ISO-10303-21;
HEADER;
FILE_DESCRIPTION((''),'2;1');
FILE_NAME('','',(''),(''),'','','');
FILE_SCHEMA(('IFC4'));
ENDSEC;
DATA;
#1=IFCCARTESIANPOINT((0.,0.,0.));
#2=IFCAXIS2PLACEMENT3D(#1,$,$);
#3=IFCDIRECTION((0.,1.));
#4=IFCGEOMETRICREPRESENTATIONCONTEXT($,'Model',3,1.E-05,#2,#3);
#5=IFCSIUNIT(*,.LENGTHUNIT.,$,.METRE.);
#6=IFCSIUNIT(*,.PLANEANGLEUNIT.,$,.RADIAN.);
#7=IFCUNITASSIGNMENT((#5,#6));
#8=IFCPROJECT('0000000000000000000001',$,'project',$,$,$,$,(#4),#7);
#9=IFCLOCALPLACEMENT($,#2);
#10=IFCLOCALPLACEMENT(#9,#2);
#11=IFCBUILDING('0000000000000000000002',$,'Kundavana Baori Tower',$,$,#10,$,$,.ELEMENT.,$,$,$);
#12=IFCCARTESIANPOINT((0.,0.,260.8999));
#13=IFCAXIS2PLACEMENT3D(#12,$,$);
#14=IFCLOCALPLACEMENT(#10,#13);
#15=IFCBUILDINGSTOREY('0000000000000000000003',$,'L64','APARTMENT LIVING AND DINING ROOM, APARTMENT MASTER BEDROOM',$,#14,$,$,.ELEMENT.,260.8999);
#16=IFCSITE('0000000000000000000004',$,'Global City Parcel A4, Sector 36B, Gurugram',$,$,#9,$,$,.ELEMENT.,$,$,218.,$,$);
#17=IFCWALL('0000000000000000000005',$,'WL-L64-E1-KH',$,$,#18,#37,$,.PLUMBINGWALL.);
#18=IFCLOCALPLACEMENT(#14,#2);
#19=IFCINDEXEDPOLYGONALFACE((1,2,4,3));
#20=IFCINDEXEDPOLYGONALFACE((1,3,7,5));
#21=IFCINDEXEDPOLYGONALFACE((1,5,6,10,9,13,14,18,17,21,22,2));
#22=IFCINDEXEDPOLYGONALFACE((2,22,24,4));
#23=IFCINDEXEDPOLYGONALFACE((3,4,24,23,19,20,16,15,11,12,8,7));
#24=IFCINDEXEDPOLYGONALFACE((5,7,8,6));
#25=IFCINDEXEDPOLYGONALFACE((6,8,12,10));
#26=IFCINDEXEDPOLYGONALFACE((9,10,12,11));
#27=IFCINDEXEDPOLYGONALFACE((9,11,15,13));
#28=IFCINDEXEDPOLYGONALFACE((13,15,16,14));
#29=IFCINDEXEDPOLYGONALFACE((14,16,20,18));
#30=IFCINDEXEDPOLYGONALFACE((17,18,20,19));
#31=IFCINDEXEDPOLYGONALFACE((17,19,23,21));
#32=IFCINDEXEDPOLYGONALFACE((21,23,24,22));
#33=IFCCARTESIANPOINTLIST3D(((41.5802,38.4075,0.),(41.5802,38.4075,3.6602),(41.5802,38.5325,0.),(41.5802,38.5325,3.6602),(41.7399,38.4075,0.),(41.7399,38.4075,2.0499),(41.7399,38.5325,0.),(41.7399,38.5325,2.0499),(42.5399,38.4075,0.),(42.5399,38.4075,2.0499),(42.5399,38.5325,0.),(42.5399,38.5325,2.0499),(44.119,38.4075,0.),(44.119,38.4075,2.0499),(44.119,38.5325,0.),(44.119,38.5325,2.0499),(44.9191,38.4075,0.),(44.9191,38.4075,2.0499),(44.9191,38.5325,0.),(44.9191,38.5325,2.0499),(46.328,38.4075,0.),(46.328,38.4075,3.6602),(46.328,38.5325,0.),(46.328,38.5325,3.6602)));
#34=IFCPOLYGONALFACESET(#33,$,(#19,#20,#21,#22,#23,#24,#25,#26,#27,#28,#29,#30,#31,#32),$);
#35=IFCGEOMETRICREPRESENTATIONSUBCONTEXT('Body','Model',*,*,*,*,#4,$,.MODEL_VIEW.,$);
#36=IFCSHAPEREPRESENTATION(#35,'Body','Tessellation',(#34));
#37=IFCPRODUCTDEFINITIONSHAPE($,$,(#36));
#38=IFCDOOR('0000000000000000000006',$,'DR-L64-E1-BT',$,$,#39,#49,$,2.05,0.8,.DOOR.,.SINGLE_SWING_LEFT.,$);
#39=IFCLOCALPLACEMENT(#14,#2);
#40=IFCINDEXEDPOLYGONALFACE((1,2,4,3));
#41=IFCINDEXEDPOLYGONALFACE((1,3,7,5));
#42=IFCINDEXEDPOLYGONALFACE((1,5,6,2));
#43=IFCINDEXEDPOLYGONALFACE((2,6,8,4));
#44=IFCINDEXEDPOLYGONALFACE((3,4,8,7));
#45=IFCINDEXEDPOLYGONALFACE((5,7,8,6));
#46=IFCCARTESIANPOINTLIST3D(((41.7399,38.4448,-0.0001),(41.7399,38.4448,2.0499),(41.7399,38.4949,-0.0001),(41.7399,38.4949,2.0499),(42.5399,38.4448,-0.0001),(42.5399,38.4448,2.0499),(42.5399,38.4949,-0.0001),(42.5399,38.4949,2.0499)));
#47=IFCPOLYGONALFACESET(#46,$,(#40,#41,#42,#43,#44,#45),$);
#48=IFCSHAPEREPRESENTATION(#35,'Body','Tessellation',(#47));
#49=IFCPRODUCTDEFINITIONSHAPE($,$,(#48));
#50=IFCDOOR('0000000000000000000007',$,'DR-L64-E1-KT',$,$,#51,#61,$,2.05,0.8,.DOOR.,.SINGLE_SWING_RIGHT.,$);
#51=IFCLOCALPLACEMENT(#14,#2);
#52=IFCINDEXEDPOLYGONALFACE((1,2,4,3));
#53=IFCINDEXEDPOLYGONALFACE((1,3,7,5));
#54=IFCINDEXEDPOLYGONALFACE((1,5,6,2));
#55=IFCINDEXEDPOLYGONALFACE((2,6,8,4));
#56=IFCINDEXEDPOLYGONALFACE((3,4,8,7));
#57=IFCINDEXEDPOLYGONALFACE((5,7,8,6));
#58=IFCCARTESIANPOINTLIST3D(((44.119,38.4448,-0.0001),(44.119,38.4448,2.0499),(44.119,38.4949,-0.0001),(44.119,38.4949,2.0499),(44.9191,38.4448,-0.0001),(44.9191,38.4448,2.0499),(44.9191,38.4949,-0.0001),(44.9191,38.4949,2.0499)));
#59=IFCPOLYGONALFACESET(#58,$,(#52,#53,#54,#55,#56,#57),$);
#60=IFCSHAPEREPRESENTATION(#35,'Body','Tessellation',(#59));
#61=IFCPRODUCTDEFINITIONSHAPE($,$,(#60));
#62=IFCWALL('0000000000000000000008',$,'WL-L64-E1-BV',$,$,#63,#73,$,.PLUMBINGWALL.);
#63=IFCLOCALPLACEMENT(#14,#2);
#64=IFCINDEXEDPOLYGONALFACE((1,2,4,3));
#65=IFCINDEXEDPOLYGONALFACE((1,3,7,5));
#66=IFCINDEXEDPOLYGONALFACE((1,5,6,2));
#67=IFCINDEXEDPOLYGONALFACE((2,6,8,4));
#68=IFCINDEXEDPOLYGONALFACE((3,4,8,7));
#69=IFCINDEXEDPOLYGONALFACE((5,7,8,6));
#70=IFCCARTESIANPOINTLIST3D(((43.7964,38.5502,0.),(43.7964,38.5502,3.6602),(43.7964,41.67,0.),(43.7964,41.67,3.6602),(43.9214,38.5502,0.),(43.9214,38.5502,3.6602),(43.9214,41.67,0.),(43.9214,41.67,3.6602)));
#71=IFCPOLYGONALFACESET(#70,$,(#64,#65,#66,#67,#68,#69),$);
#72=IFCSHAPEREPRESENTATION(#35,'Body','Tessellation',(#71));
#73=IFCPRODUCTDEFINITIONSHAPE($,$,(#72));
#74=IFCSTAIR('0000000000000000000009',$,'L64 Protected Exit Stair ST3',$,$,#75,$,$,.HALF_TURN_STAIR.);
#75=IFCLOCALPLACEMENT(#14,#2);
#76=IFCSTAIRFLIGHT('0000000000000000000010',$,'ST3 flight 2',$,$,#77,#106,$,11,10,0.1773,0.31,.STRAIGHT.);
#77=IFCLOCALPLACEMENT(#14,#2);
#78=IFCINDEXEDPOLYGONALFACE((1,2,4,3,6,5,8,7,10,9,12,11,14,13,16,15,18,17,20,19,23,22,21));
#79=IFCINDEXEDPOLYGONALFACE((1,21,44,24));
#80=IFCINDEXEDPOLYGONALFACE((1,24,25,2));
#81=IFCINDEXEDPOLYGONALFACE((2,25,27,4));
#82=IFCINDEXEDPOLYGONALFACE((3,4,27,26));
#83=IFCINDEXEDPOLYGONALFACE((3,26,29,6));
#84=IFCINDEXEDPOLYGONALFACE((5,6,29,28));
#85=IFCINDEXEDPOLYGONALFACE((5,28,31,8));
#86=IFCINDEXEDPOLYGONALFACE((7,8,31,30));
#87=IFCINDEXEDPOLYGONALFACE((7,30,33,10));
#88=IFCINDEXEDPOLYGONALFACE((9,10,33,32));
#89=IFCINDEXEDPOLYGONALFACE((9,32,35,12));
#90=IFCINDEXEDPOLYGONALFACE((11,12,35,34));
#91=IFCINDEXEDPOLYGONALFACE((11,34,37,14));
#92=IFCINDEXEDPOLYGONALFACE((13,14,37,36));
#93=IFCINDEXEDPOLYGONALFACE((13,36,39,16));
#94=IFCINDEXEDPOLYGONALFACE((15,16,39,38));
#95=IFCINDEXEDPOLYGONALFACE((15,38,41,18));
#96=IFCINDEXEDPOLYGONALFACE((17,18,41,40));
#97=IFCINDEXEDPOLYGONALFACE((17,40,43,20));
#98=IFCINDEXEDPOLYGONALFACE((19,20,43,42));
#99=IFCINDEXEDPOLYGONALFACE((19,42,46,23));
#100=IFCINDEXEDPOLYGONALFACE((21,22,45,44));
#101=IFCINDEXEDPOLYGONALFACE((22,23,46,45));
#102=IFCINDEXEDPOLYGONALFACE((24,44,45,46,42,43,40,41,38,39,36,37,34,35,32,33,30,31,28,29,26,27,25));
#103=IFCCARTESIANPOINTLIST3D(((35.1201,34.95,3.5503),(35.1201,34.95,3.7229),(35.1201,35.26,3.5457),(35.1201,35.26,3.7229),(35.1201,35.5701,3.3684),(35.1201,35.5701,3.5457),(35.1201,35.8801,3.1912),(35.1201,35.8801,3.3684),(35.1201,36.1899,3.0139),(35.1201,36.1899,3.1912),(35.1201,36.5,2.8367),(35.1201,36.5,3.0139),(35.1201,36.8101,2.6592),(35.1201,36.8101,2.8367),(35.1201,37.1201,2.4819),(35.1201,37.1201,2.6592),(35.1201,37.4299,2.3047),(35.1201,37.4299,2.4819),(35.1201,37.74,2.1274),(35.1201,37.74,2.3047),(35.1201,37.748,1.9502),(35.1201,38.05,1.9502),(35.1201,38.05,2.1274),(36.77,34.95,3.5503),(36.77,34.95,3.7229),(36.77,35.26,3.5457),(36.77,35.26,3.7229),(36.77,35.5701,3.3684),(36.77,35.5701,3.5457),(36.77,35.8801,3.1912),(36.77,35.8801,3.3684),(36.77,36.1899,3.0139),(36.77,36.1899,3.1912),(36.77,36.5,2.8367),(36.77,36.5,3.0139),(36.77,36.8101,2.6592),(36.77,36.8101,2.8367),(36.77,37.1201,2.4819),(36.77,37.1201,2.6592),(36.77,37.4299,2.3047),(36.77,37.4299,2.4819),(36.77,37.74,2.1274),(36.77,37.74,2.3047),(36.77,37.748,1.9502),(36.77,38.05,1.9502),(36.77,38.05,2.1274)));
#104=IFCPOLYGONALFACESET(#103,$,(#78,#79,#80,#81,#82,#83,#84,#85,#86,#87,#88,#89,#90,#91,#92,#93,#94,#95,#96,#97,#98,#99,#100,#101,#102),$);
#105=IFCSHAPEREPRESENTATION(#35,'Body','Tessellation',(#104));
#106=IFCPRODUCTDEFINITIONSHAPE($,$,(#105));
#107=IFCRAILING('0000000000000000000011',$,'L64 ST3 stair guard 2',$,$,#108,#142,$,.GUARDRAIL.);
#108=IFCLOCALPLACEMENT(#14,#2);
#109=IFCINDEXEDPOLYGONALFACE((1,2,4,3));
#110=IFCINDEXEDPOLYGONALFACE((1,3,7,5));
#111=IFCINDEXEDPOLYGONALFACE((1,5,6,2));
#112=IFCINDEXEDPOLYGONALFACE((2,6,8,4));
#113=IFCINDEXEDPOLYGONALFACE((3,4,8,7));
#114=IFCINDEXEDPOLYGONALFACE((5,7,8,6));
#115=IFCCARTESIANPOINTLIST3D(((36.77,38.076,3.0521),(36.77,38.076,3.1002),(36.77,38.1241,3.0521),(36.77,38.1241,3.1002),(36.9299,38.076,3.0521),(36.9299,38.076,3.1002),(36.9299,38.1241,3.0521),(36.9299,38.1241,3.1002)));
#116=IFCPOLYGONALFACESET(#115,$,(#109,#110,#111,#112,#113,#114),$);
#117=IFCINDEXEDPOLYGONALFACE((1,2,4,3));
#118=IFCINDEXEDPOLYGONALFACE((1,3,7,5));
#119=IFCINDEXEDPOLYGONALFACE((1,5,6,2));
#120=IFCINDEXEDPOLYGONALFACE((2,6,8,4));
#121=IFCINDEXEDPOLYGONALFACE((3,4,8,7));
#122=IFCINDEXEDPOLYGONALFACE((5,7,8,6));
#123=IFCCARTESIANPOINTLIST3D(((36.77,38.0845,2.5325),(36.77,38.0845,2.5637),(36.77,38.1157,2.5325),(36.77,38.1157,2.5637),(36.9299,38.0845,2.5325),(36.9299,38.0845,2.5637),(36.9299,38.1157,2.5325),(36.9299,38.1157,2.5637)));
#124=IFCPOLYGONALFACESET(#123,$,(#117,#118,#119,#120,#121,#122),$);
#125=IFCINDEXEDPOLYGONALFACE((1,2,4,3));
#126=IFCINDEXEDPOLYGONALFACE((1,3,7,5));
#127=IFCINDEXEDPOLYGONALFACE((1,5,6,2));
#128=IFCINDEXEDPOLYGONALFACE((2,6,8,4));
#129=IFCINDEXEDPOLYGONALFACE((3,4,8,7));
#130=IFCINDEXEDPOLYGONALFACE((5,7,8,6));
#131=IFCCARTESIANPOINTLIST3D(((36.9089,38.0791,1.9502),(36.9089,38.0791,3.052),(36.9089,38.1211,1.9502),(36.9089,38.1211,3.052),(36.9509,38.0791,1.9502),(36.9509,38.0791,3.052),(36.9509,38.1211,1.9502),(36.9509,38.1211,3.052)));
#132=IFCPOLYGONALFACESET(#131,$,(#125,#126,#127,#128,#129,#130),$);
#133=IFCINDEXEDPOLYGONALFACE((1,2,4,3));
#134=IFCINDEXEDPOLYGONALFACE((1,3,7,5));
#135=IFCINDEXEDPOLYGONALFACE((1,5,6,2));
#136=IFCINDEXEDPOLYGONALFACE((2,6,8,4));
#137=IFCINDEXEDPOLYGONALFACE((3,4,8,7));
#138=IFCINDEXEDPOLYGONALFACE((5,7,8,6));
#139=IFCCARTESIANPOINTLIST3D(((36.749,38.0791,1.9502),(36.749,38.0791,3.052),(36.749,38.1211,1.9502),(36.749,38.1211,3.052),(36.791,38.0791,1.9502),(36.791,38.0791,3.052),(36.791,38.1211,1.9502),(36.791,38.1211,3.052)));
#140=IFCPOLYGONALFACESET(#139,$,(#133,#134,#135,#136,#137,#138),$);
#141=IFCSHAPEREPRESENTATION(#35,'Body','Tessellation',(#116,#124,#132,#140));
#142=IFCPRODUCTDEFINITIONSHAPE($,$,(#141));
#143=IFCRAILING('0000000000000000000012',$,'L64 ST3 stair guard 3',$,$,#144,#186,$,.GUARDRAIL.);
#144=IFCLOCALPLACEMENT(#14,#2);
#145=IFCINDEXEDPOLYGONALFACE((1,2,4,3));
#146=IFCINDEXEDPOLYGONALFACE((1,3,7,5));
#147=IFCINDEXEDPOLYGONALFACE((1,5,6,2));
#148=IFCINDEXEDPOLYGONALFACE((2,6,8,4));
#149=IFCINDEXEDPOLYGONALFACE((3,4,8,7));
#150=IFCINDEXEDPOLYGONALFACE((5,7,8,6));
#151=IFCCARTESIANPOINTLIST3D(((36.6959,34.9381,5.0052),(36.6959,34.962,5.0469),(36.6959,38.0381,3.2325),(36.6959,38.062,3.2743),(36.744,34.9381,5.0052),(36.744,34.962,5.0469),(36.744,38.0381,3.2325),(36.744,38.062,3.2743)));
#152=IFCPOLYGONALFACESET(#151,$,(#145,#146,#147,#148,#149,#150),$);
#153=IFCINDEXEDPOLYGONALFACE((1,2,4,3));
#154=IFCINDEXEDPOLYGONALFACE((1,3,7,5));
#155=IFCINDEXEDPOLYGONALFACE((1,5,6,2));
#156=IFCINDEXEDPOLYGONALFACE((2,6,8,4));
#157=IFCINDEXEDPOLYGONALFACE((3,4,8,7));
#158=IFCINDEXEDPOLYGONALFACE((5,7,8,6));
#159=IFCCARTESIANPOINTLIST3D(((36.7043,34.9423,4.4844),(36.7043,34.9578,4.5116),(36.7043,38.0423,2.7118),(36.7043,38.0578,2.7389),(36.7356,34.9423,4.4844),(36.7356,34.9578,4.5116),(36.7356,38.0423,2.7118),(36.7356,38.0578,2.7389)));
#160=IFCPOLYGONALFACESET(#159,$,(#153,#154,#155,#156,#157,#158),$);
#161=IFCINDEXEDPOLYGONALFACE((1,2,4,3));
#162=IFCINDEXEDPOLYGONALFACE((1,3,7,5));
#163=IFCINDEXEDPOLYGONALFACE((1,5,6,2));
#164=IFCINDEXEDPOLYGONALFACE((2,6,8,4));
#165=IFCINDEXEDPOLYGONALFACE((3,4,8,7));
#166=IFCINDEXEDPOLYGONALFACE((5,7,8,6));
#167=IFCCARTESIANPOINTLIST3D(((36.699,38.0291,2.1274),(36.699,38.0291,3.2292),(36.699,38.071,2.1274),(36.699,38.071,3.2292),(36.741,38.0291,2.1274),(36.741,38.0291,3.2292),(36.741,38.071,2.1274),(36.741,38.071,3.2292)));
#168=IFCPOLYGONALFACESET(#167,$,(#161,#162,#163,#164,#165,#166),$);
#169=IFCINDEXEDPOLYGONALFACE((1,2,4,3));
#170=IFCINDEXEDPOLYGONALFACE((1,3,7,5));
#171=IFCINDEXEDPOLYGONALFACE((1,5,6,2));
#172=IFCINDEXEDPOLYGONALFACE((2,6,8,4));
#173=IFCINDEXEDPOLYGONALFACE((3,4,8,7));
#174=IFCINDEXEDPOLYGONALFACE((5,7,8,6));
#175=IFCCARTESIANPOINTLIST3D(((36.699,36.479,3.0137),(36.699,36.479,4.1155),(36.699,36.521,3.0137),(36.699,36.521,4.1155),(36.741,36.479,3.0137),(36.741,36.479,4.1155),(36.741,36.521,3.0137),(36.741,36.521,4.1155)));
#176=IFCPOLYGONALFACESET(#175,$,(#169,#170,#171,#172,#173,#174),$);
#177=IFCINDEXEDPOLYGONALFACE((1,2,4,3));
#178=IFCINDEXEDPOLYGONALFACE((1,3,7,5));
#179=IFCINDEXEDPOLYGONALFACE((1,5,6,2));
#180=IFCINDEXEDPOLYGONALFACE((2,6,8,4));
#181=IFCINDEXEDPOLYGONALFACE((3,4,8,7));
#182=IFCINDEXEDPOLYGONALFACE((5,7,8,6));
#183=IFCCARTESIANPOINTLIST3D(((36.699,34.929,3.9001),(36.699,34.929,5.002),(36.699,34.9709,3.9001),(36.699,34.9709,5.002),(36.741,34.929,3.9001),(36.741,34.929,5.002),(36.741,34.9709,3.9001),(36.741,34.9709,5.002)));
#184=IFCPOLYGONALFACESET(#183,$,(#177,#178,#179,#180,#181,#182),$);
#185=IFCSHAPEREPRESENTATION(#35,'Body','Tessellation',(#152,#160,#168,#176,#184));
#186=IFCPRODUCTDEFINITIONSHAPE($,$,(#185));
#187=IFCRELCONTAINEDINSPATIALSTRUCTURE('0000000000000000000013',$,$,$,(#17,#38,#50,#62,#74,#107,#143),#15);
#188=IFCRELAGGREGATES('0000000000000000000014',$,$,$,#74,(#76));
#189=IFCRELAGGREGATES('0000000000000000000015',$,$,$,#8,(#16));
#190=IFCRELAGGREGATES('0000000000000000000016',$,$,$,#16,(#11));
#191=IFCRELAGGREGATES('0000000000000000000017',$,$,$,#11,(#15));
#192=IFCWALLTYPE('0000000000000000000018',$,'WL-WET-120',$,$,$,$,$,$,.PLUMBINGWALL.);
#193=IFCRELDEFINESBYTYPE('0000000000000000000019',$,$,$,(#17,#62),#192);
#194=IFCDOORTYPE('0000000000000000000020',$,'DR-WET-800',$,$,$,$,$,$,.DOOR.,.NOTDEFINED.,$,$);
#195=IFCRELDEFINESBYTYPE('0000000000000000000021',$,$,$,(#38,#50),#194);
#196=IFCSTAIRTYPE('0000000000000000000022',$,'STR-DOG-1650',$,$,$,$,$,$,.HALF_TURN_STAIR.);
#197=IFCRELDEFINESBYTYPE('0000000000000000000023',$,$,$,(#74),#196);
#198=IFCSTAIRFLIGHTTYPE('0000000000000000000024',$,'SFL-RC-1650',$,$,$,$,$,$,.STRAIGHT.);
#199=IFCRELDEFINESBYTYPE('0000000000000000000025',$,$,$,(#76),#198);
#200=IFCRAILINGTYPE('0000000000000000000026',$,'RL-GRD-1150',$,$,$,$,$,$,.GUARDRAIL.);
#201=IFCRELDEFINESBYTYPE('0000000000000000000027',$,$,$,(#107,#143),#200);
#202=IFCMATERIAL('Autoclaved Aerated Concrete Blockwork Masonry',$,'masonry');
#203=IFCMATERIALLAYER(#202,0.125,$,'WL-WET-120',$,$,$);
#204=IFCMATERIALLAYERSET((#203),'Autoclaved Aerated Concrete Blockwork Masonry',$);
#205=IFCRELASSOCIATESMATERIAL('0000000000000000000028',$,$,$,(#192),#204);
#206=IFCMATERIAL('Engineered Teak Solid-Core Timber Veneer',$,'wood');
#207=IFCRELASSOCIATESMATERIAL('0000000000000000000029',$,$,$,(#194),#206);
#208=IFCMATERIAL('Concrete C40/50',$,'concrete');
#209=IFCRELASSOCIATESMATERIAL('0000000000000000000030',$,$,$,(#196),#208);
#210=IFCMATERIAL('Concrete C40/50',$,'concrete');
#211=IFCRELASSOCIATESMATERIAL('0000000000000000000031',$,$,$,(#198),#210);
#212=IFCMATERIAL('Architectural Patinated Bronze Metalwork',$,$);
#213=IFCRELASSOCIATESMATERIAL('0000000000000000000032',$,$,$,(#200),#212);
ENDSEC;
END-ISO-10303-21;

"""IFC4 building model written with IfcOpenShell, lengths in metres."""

from ifc_helpers import new_model, si_unit, direction, frame, frame_2d, origin, origin_2d, place, context, subcontext, project, spatial, polyline, rectangle, outline, extrude, material, layer, layer_set, type_object, element, fill, aggregate, save


model = new_model("IFC4")

# Units and contexts
model_context = context("Model", 3, precision=1e-05, world=origin(), true_north=direction((0.0, 1.0)))
body_context = subcontext(model_context, "Body", "Model", "MODEL_VIEW")
ifc_project = project(units=[si_unit("LENGTHUNIT", "METRE"), si_unit("PLANEANGLEUNIT", "RADIAN")], contexts=[model_context])

# Site, building, storey
site_placement = place(None, origin())
site = spatial("IfcSite", under=ifc_project, at=site_placement, Name="Global City Parcel A4, Sector 36B, Gurugram", CompositionType="ELEMENT", RefElevation=218.0)
building_placement = place(site_placement, origin())
building = spatial("IfcBuilding", under=site, at=building_placement, Name="Kundavana Baori Tower", CompositionType="ELEMENT")
storey_placement = place(building_placement, frame((0.0, 0.0, 260.8999)))
storey = spatial("IfcBuildingStorey", under=building, at=storey_placement, Name="L64", Description="APARTMENT LIVING AND DINING ROOM, APARTMENT MASTER BEDROOM", CompositionType="ELEMENT", Elevation=260.8999)

# Wall, openings, doors
ifc_material_1 = material(Name="Autoclaved Aerated Concrete Blockwork Masonry", Category="masonry")
ifc_layer_1 = layer(ifc_material_1, 0.125, Name="WL-WET-120")
ifc_layer_set_1 = layer_set([ifc_layer_1], Name="Autoclaved Aerated Concrete Blockwork Masonry")
wall_type_1 = type_object("IfcWallType", Name="WL-WET-120", PredefinedType="PLUMBINGWALL", material=ifc_layer_set_1)
wall_1_placement = place(storey_placement, frame((41.5801, 38.47, 0.0), z_axis=(0.0, 0.0, 1.0), x_axis=(1.0, 0.0, 0.0)))
wall_1 = element("IfcWall", 1, at=wall_1_placement, inside=storey, type_object=wall_type_1, Name="WL-L64-E1-KH", PredefinedType="PLUMBINGWALL", context=body_context, shape_type="SweptSolid", body=[
    extrude(rectangle(XDim=4.7478, YDim=0.125, at=frame_2d((2.374, 0.0))), origin(), (0.0, 0.0, 1.0), 3.6602),
])
opening_1_placement = place(wall_1_placement, frame((0.1599, 0.0, 0.0)))
opening_1 = element("IfcOpeningElement", 2, at=opening_1_placement, cuts=wall_1, PredefinedType="OPENING", context=body_context, shape_type="SweptSolid", body=[
    extrude(rectangle(XDim=0.8, YDim=2.05, at=frame_2d((0.3999, 1.0249))), frame((0.0, 0.0725, 0.0), z_axis=(0.0, -1.0, 0.0), x_axis=(1.0, 0.0, 0.0)), (0.0, 0.0, 1.0), 0.145),
])
opening_2_placement = place(wall_1_placement, frame((2.5391, 0.0, 0.0)))
opening_2 = element("IfcOpeningElement", 3, at=opening_2_placement, cuts=wall_1, PredefinedType="OPENING", context=body_context, shape_type="SweptSolid", body=[
    extrude(rectangle(XDim=0.8, YDim=2.05, at=frame_2d((0.3999, 1.0249))), frame((0.0, 0.0725, 0.0), z_axis=(0.0, -1.0, 0.0), x_axis=(1.0, 0.0, 0.0)), (0.0, 0.0, 1.0), 0.145),
])
ifc_material_2 = material(Name="Engineered Teak Solid-Core Timber Veneer", Category="wood")
door_type_1 = type_object("IfcDoorType", Name="DR-WET-800", OperationType="NOTDEFINED", PredefinedType="DOOR", material=ifc_material_2)
door_1_placement = place(opening_1_placement, origin())
door_1 = element("IfcDoor", 4, at=door_1_placement, inside=storey, type_object=door_type_1, Name="DR-L64-E1-BT", OperationType="SINGLE_SWING_LEFT", OverallHeight=2.05, OverallWidth=0.8, PredefinedType="DOOR", context=body_context, shape_type="SweptSolid", body=[
    extrude(rectangle(XDim=0.8, YDim=2.05, at=frame_2d((0.3999, 1.0249))), frame((0.0, 0.0249, 0.0), z_axis=(0.0, -1.0, 0.0), x_axis=(1.0, 0.0, 0.0)), (0.0, 0.0, 1.0), 0.05),
])
fill(opening_1, door_1)
door_2_placement = place(opening_2_placement, origin())
door_2 = element("IfcDoor", 5, at=door_2_placement, inside=storey, type_object=door_type_1, Name="DR-L64-E1-KT", OperationType="SINGLE_SWING_RIGHT", OverallHeight=2.05, OverallWidth=0.8, PredefinedType="DOOR", context=body_context, shape_type="SweptSolid", body=[
    extrude(rectangle(XDim=0.8, YDim=2.05, at=frame_2d((0.3999, 1.0249))), frame((0.0, 0.0249, 0.0), z_axis=(0.0, -1.0, 0.0), x_axis=(1.0, 0.0, 0.0)), (0.0, 0.0, 1.0), 0.05),
])
fill(opening_2, door_2)

# Wall
wall_2_placement = place(storey_placement, frame((43.8589, 38.55, 0.0), z_axis=(0.0, 0.0, 1.0), x_axis=(0.0, 1.0, 0.0)))
element("IfcWall", 6, at=wall_2_placement, inside=storey, type_object=wall_type_1, Name="WL-L64-E1-BV", PredefinedType="PLUMBINGWALL", context=body_context, shape_type="SweptSolid", body=[
    extrude(rectangle(XDim=3.1199, YDim=0.125, at=frame_2d((1.5601, 0.0))), origin(), (0.0, 0.0, 1.0), 3.6602),
])

# Stair, stair flight
ifc_material_3 = material(Name="Concrete C40/50", Category="concrete")
stair_type = type_object("IfcStairType", Name="STR-DOG-1650", PredefinedType="HALF_TURN_STAIR", material=ifc_material_3)
stair_placement = place(storey_placement, origin())
stair = element("IfcStair", 7, at=stair_placement, inside=storey, type_object=stair_type, Name="L64 Protected Exit Stair ST3", PredefinedType="HALF_TURN_STAIR")
ifc_material_4 = material(Name="Concrete C40/50", Category="concrete")
stair_flight_type = type_object("IfcStairFlightType", Name="SFL-RC-1650", PredefinedType="STRAIGHT", material=ifc_material_4)
stair_flight_placement = place(storey_placement, frame((35.9451, 38.05, 1.9502), z_axis=(0.0, 0.0, 1.0), x_axis=(0.0, -1.0, 0.0)))
stair_flight = element("IfcStairFlight", 8, at=stair_flight_placement, type_object=stair_flight_type, Name="ST3 flight 2", NumberOfRisers=11, NumberOfTreads=10, PredefinedType="STRAIGHT", RiserHeight=0.1773, TreadLength=0.31, context=body_context, shape_type="SweptSolid", body=[
    extrude(outline(polyline([(0.0, 0.0), (0.0, 0.1772), (0.3101, 0.1772), (0.3101, 0.3545), (0.6201, 0.3545), (0.6201, 0.5317), (0.9299, 0.5317), (0.9299, 0.709), (1.24, 0.709), (1.24, 0.8865), (1.55, 0.8865), (1.55, 1.0637), (1.8601, 1.0637), (1.8601, 1.241), (2.1699, 1.241), (2.1699, 1.4182), (2.48, 1.4182), (2.48, 1.5955), (2.79, 1.5955), (2.79, 1.7727), (3.1001, 1.7727), (3.1001, 1.95), (3.1001, 1.6001), (0.302, 0.0), (0.0, 0.0)])), frame((0.0, 0.825, 0.0), z_axis=(0.0, -1.0, 0.0), x_axis=(1.0, 0.0, 0.0)), (0.0, 0.0, 1.0), 1.6499),
])
aggregate(stair, [stair_flight])

# Railings
ifc_material_5 = material(Name="Architectural Patinated Bronze Metalwork")
railing_type_1 = type_object("IfcRailingType", Name="RL-GRD-1150", PredefinedType="GUARDRAIL", material=ifc_material_5)
railing_1_placement = place(storey_placement, frame((36.9299, 38.1001, 1.9502)))
element("IfcRailing", 9, at=railing_1_placement, inside=storey, type_object=railing_type_1, Name="L64 ST3 stair guard 2", PredefinedType="GUARDRAIL", context=body_context, shape_type="SweptSolid", body=[
    extrude(rectangle(XDim=0.0481, YDim=0.0481, at=origin_2d()), frame((0.0, 0.0, 1.126), z_axis=(-1.0, 0.0, 0.0), x_axis=(0.0, -1.0, 0.0)), (0.0, 0.0, 1.0), 0.1599),
    extrude(rectangle(XDim=0.0312, YDim=0.0312, at=origin_2d()), frame((0.0, 0.0, 0.5979), z_axis=(-1.0, 0.0, 0.0), x_axis=(0.0, -1.0, 0.0)), (0.0, 0.0, 1.0), 0.1599),
    extrude(rectangle(XDim=0.042, YDim=0.042, at=origin_2d()), origin(), (0.0, 0.0, 1.0), 1.1018),
    extrude(rectangle(XDim=0.042, YDim=0.042, at=origin_2d()), frame((-0.1599, 0.0, 0.0)), (0.0, 0.0, 1.0), 1.1018),
])
railing_2_placement = place(storey_placement, frame((36.72, 38.05, 2.1274)))
element("IfcRailing", 10, at=railing_2_placement, inside=storey, type_object=railing_type_1, Name="L64 ST3 stair guard 3", PredefinedType="GUARDRAIL", context=body_context, shape_type="SweptSolid", body=[
    extrude(rectangle(XDim=0.0481, YDim=0.0481, at=origin_2d()), frame((0.0, 0.0, 1.126), z_axis=(0.0, -0.868096, 0.496397), x_axis=(1.0, 0.0, 0.0)), (0.0, 0.0, 1.0), 3.571),
    extrude(rectangle(XDim=0.0312, YDim=0.0312, at=origin_2d()), frame((0.0, 0.0, 0.5979), z_axis=(0.0, -0.868096, 0.496397), x_axis=(1.0, 0.0, 0.0)), (0.0, 0.0, 1.0), 3.571),
    extrude(rectangle(XDim=0.042, YDim=0.042, at=origin_2d()), origin(), (0.0, 0.0, 1.0), 1.1018),
    extrude(rectangle(XDim=0.042, YDim=0.042, at=origin_2d()), frame((0.0, -1.55, 0.8862)), (0.0, 0.0, 1.0), 1.1018),
    extrude(rectangle(XDim=0.042, YDim=0.042, at=origin_2d()), frame((0.0, -3.1001, 1.7727)), (0.0, 0.0, 1.0), 1.1018),
])

save(model, "model.ifc")
